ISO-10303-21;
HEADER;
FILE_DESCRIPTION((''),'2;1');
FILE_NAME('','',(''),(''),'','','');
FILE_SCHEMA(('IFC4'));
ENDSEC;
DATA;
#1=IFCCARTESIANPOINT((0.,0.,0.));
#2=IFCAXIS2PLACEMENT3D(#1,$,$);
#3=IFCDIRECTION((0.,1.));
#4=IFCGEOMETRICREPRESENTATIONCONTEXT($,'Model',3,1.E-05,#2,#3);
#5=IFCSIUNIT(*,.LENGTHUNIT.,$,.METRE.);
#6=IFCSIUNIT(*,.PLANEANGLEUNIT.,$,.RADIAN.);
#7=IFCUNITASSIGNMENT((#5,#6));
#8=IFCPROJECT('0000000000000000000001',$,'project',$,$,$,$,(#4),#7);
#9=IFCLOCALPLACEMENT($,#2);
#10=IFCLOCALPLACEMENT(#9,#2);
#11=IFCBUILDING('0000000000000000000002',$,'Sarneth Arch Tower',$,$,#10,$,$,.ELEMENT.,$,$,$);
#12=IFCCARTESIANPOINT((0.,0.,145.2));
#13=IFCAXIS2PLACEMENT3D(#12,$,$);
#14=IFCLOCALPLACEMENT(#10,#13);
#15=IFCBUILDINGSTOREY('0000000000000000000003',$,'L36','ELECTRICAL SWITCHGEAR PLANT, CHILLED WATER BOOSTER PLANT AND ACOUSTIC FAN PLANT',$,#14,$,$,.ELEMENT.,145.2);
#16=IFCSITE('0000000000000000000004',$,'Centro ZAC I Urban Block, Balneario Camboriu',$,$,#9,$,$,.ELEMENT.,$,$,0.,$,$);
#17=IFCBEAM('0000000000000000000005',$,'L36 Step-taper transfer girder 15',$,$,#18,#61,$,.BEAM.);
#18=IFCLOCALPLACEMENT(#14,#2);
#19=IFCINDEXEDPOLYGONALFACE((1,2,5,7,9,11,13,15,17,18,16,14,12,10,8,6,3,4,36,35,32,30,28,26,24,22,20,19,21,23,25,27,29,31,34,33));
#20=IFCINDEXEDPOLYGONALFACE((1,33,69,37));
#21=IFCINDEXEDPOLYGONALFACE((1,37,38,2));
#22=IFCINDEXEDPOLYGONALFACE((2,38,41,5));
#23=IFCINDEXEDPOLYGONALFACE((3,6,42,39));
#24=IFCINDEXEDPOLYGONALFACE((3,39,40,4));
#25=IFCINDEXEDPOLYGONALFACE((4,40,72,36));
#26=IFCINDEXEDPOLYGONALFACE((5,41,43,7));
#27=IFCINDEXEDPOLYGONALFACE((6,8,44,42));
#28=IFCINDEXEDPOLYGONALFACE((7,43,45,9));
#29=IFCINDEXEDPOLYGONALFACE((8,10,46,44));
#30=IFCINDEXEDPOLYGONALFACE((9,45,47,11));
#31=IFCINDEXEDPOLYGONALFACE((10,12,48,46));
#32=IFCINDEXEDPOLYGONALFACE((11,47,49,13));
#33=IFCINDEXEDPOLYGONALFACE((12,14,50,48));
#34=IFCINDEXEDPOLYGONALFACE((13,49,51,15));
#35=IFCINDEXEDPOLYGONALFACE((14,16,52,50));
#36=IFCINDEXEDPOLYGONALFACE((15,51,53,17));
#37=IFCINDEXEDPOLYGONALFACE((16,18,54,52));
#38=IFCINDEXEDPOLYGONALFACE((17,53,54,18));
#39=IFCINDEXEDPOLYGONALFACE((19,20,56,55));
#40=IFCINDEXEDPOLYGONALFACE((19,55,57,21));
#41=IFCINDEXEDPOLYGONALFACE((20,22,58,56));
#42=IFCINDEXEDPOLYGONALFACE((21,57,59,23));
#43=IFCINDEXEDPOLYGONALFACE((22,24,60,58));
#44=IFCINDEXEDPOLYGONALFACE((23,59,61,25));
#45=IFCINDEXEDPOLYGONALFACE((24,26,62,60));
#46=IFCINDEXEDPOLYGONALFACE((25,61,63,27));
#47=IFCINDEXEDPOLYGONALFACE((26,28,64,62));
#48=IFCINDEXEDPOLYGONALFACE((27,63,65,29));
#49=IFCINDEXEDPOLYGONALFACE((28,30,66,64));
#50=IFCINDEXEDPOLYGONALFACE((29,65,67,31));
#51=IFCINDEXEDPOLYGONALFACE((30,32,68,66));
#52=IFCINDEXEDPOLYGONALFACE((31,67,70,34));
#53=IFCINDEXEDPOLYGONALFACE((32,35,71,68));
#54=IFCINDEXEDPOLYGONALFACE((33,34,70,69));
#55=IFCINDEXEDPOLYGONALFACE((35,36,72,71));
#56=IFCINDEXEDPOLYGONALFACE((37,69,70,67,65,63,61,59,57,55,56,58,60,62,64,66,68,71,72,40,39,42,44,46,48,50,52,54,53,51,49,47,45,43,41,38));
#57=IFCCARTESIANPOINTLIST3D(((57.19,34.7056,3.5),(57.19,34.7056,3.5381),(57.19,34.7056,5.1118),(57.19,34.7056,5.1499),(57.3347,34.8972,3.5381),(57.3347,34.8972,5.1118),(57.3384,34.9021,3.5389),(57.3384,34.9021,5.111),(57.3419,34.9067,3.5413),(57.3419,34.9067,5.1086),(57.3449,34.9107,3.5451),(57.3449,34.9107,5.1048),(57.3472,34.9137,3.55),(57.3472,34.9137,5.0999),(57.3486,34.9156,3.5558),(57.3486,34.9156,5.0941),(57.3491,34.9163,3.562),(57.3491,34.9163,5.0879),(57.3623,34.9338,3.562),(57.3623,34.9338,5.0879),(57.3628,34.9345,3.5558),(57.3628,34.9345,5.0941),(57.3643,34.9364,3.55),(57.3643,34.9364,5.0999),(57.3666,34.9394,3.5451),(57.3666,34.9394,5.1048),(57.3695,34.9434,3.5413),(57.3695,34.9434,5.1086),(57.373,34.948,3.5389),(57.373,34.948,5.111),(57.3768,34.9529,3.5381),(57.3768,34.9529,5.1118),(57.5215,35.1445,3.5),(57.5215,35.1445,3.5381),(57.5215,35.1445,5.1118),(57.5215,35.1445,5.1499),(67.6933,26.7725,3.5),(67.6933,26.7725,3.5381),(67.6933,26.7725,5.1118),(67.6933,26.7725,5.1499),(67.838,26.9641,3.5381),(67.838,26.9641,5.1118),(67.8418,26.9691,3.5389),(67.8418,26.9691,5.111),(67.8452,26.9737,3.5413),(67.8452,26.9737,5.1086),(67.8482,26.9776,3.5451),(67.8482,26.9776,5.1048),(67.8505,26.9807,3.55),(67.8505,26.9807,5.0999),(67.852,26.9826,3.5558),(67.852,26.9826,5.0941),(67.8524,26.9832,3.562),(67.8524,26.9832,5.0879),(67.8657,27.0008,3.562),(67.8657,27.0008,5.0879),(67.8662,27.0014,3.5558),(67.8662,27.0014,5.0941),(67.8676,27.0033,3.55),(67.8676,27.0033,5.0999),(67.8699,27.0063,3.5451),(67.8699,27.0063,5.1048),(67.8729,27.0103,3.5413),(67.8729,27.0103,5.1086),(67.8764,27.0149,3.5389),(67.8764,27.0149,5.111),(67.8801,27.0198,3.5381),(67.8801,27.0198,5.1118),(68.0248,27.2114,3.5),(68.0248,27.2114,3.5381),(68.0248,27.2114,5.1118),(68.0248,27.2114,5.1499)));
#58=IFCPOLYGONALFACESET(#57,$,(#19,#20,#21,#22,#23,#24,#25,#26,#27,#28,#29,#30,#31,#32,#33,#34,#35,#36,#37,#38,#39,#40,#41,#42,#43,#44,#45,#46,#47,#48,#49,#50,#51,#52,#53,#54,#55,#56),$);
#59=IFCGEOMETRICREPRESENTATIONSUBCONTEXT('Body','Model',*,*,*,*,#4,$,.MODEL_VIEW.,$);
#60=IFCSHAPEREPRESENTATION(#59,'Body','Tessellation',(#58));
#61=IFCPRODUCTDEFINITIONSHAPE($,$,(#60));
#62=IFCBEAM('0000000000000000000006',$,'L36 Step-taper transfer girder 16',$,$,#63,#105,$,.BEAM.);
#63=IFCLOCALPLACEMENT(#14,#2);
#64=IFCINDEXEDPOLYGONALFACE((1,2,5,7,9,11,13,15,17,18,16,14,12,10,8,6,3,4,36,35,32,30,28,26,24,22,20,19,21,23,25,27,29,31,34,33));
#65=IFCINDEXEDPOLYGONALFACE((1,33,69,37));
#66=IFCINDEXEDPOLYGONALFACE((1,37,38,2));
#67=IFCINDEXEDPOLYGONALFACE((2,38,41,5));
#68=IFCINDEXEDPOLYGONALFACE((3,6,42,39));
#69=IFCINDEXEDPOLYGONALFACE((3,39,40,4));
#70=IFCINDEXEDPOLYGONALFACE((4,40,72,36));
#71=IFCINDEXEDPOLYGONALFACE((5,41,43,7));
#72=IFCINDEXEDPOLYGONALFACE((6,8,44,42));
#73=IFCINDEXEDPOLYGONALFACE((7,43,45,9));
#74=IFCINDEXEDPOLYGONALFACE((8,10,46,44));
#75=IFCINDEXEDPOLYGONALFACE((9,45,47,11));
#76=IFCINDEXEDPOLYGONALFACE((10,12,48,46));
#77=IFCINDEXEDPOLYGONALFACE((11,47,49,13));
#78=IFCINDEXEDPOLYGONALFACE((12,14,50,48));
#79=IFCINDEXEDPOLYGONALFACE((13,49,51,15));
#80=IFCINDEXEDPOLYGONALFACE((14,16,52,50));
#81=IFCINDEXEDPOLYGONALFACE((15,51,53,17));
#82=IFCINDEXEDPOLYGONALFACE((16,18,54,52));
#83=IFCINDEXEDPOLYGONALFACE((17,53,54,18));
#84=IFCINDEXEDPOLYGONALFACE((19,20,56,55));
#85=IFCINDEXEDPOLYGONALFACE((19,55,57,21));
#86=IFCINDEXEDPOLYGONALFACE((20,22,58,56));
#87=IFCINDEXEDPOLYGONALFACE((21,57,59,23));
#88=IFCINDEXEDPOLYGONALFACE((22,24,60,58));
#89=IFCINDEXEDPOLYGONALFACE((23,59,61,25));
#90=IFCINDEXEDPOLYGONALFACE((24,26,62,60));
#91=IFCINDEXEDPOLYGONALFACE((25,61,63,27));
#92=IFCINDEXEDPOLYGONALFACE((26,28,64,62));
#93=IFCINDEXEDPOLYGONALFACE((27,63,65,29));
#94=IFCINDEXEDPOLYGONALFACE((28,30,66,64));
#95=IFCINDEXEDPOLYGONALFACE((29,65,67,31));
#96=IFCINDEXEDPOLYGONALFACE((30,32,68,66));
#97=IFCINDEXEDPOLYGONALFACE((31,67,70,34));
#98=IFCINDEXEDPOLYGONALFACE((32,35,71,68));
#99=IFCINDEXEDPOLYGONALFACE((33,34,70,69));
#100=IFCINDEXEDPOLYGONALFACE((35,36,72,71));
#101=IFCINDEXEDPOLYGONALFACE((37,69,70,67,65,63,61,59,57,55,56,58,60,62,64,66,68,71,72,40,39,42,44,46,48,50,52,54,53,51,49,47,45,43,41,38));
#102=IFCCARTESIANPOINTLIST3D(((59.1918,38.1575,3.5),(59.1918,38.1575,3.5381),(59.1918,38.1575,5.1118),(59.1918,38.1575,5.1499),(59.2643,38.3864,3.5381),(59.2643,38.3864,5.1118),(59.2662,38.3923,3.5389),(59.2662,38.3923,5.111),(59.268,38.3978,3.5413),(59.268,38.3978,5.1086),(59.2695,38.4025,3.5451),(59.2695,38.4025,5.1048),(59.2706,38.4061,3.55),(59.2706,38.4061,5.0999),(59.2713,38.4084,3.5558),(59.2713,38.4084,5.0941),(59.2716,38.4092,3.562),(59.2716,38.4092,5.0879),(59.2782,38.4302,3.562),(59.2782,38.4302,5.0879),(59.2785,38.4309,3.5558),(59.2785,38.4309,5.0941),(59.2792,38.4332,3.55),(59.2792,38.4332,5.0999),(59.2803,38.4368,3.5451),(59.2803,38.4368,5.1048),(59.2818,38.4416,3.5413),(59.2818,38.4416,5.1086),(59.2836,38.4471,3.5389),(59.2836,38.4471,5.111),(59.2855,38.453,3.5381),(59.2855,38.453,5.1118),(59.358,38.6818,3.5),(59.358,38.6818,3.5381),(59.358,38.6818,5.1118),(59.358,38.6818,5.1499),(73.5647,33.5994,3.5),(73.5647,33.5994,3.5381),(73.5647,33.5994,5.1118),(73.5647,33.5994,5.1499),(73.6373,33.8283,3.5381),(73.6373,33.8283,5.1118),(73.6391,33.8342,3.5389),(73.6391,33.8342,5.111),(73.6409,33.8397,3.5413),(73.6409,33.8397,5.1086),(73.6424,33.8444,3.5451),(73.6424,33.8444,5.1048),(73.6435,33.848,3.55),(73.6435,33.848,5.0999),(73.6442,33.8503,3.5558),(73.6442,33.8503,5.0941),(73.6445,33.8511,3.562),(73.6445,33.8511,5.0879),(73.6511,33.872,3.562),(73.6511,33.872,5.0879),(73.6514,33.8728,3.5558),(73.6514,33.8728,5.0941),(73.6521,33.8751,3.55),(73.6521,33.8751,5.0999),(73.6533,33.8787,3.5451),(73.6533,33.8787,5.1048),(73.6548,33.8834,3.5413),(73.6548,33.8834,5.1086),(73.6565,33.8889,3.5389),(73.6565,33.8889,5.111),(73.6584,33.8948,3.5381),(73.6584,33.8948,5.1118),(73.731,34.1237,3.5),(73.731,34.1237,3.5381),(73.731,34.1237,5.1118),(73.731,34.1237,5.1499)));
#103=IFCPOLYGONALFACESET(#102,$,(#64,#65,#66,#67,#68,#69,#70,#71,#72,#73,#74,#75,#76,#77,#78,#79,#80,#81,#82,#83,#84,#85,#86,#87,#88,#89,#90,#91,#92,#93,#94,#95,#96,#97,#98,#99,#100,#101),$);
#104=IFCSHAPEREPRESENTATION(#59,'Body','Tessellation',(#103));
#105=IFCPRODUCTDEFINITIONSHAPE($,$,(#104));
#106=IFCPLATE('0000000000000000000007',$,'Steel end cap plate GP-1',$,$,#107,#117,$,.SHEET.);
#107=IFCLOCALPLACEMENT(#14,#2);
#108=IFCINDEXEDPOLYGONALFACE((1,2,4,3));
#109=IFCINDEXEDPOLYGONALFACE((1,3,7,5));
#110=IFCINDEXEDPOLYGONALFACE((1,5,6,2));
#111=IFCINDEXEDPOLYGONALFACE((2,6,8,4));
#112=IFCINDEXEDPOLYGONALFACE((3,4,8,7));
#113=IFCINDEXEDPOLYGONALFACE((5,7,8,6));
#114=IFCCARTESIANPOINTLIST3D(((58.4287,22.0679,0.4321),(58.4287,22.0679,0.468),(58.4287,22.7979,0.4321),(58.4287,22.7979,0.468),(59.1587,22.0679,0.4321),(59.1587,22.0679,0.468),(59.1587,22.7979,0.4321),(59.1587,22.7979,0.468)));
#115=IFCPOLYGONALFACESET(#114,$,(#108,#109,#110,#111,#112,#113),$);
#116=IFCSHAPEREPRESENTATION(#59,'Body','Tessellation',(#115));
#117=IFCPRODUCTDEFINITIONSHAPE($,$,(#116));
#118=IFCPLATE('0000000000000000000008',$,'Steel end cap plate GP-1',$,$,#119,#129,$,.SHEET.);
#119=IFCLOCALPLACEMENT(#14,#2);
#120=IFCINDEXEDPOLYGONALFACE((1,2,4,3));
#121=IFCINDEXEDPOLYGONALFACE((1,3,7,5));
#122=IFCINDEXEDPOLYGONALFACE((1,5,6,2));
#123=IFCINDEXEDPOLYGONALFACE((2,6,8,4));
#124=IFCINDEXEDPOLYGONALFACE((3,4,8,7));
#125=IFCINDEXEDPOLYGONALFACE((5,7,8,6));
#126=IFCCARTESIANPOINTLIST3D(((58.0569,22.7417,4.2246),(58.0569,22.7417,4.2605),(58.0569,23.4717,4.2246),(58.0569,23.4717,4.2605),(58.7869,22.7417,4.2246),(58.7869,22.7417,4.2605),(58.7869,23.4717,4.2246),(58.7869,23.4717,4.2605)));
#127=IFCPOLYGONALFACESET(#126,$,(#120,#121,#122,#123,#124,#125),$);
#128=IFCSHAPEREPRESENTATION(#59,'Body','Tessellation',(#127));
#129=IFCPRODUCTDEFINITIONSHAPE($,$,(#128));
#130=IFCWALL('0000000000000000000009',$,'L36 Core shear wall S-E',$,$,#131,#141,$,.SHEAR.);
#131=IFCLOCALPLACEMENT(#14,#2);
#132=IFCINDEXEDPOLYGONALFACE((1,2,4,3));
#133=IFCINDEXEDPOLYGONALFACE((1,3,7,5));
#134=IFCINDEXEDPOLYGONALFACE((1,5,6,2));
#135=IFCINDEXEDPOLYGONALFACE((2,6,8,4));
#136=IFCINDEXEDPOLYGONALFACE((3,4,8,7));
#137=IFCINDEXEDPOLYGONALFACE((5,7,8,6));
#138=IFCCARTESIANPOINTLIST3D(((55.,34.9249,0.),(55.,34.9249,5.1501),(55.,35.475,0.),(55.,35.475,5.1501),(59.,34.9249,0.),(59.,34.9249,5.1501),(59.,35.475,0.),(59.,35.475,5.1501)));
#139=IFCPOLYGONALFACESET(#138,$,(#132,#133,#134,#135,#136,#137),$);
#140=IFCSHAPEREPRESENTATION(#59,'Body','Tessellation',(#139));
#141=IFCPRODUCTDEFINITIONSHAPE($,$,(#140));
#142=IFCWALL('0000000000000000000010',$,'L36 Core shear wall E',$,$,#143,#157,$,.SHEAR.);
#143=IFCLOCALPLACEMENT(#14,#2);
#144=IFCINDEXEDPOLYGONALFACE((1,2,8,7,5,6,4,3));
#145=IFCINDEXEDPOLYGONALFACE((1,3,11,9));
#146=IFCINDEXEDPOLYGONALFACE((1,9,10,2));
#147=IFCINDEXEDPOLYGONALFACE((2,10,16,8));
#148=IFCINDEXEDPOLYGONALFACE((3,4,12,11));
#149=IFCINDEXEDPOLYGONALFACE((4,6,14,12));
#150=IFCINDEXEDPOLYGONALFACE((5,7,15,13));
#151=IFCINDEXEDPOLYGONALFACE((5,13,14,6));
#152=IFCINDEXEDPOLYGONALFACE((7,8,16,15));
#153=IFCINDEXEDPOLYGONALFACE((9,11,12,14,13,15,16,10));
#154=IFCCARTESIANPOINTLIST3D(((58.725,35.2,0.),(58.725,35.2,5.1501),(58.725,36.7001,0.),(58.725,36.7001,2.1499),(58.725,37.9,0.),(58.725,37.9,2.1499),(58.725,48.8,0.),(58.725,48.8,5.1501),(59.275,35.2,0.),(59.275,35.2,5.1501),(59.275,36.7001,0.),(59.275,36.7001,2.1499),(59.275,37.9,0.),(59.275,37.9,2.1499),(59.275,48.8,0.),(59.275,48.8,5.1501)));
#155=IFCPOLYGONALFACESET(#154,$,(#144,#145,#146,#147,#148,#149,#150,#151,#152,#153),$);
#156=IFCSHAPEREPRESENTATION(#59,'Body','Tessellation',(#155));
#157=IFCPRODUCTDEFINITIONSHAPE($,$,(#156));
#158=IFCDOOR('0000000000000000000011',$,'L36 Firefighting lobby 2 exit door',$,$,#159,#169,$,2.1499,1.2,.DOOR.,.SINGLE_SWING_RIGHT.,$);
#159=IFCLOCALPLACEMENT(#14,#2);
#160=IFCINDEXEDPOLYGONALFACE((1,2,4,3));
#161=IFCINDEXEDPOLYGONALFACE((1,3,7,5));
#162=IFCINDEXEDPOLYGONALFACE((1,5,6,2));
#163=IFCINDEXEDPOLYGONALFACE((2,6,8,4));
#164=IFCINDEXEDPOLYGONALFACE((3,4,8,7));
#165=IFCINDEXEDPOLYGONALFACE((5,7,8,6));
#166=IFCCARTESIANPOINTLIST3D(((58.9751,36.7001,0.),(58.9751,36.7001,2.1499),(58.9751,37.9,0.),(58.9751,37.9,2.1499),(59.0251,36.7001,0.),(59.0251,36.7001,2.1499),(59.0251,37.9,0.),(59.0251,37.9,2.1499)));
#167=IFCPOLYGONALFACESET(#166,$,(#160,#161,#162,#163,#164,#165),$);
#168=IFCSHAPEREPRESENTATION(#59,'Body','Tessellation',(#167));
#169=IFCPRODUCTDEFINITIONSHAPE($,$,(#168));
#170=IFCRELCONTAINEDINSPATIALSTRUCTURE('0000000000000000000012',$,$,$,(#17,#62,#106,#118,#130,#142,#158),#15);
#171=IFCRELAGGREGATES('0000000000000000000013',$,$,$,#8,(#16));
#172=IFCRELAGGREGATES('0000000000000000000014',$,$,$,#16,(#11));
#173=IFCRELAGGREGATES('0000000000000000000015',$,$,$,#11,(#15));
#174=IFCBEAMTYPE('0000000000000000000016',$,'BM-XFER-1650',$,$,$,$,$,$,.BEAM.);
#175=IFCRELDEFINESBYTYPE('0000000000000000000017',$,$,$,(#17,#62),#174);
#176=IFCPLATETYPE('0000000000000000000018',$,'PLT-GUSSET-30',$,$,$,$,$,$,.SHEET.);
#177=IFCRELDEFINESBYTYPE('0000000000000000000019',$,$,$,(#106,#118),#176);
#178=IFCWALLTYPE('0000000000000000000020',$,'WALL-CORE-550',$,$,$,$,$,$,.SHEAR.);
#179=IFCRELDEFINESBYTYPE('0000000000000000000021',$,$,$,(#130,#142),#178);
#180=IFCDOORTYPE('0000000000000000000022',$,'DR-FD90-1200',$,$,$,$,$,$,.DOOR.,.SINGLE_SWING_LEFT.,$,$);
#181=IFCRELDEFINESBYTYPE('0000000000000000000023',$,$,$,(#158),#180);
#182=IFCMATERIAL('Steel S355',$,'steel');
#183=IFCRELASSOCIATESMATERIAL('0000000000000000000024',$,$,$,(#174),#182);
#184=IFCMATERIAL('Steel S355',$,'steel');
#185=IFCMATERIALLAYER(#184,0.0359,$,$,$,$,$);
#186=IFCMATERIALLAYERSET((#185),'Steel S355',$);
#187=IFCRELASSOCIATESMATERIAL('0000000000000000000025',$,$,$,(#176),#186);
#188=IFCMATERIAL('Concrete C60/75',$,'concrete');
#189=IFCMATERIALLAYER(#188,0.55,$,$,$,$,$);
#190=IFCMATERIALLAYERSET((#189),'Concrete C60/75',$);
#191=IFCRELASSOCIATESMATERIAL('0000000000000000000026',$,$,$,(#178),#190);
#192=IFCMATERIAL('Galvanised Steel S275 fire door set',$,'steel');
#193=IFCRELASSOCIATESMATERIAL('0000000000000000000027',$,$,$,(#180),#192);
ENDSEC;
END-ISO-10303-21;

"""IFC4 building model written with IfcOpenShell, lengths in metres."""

from ifc_helpers import new_model, si_unit, direction, frame, frame_2d, origin, origin_2d, place, context, subcontext, project, spatial, rectangle, i_section, extrude, material, layer, layer_set, material_profile, profile_set, type_object, element, fill, save


model = new_model("IFC4")

# Units and contexts
model_context = context("Model", 3, precision=1e-05, world=origin(), true_north=direction((0.0, 1.0)))
body_context = subcontext(model_context, "Body", "Model", "MODEL_VIEW")
ifc_project = project(units=[si_unit("LENGTHUNIT", "METRE"), si_unit("PLANEANGLEUNIT", "RADIAN")], contexts=[model_context])

# Site, building, storey
site_placement = place(None, origin())
site = spatial("IfcSite", under=ifc_project, at=site_placement, Name="Centro ZAC I Urban Block, Balneario Camboriu", CompositionType="ELEMENT", RefElevation=0.0)
building_placement = place(site_placement, origin())
building = spatial("IfcBuilding", under=site, at=building_placement, Name="Sarneth Arch Tower", CompositionType="ELEMENT")
storey_placement = place(building_placement, frame((0.0, 0.0, 145.2)))
storey = spatial("IfcBuildingStorey", under=building, at=storey_placement, Name="L36", Description="ELECTRICAL SWITCHGEAR PLANT, CHILLED WATER BOOSTER PLANT AND ACOUSTIC FAN PLANT", CompositionType="ELEMENT", Elevation=145.2)

# Beams
ifc_material_1 = material(Name="Steel S355", Category="steel")
ifc_material_profile_1 = material_profile(ifc_material_1, i_section(OverallWidth=0.55, OverallDepth=1.6499, WebThickness=0.022, FlangeThickness=0.0381, FilletRadius=0.0239, at=origin_2d()), Name="CVS1650x680")
ifc_profile_set_1 = profile_set([ifc_material_profile_1], Name="Steel S355")
beam_type_1 = type_object("IfcBeamType", Name="BM-XFER-1650", PredefinedType="BEAM", material=ifc_profile_set_1)
beam_1_placement = place(storey_placement, frame((57.3557, 34.925, 4.325), z_axis=(0.79797, -0.602697, 0.0), x_axis=(0.602697, 0.79797, 0.0)))
element("IfcBeam", 1, at=beam_1_placement, inside=storey, type_object=beam_type_1, Name="L36 Step-taper transfer girder 15", PredefinedType="BEAM", context=body_context, shape_type="SweptSolid", body=[
    extrude(i_section(OverallWidth=0.55, OverallDepth=1.6499, WebThickness=0.022, FlangeThickness=0.0381, FilletRadius=0.0239, at=origin_2d()), origin(), (0.0, 0.0, 1.0), 13.1626),
])
beam_2_placement = place(storey_placement, frame((59.2749, 38.4197, 4.325), z_axis=(0.953214, -0.302297, 0.0), x_axis=(0.302297, 0.953214, 0.0)))
element("IfcBeam", 2, at=beam_2_placement, inside=storey, type_object=beam_type_1, Name="L36 Step-taper transfer girder 16", PredefinedType="BEAM", context=body_context, shape_type="SweptSolid", body=[
    extrude(i_section(OverallWidth=0.55, OverallDepth=1.6499, WebThickness=0.022, FlangeThickness=0.0381, FilletRadius=0.0239, at=origin_2d()), origin(), (0.0, 0.0, 1.0), 15.0784),
])

# Plates
ifc_material_2 = material(Name="Steel S355", Category="steel")
ifc_layer_1 = layer(ifc_material_2, 0.0359)
ifc_layer_set_1 = layer_set([ifc_layer_1], Name="Steel S355")
plate_type = type_object("IfcPlateType", Name="PLT-GUSSET-30", PredefinedType="SHEET", material=ifc_layer_set_1)
for number, where, z_axis, x_axis, name in (
    (3, (58.7937, 22.4329, 0.4321), (0.0, 0.0, 1.0), (1.0, 0.0, 0.0), "Steel end cap plate GP-1"),
    (4, (58.4219, 23.1067, 4.2246), (0.0, 0.0, 1.0), (1.0, 0.0, 0.0), "Steel end cap plate GP-1"),
):
    element("IfcPlate", number, at=place(storey_placement, frame(where, z_axis=z_axis, x_axis=x_axis)), inside=storey, type_object=plate_type, Name=name, PredefinedType="SHEET", context=body_context, shape_type="SweptSolid", body=[
        extrude(rectangle(XDim=0.73, YDim=0.73, at=origin_2d()), origin(), (0.0, 0.0, 1.0), 0.0359),
    ])

# Wall
ifc_material_3 = material(Name="Concrete C60/75", Category="concrete")
ifc_layer_2 = layer(ifc_material_3, 0.55)
ifc_layer_set_2 = layer_set([ifc_layer_2], Name="Concrete C60/75")
wall_type_1 = type_object("IfcWallType", Name="WALL-CORE-550", PredefinedType="SHEAR", material=ifc_layer_set_2)
wall_1_placement = place(storey_placement, frame((55.0, 35.2, 0.0), z_axis=(0.0, 0.0, 1.0), x_axis=(1.0, 0.0, 0.0)))
element("IfcWall", 5, at=wall_1_placement, inside=storey, type_object=wall_type_1, Name="L36 Core shear wall S-E", PredefinedType="SHEAR", context=body_context, shape_type="SweptSolid", body=[
    extrude(rectangle(XDim=4.0, YDim=0.55, at=frame_2d((2.0, 0.0))), origin(), (0.0, 0.0, 1.0), 5.1501),
])

# Wall, opening, door
wall_2_placement = place(storey_placement, frame((59.0, 35.2, 0.0), z_axis=(0.0, 0.0, 1.0), x_axis=(0.0, 1.0, 0.0)))
wall_2 = element("IfcWall", 6, at=wall_2_placement, inside=storey, type_object=wall_type_1, Name="L36 Core shear wall E", PredefinedType="SHEAR", context=body_context, shape_type="SweptSolid", body=[
    extrude(rectangle(XDim=13.6001, YDim=0.55, at=frame_2d((6.8, 0.0))), origin(), (0.0, 0.0, 1.0), 5.1501),
])
opening_1_placement = place(wall_2_placement, frame((1.5, 0.0, 0.0)))
opening_1 = element("IfcOpeningElement", 7, at=opening_1_placement, cuts=wall_2, PredefinedType="OPENING", context=body_context, shape_type="SweptSolid", body=[
    extrude(rectangle(XDim=1.2, YDim=2.1499, at=frame_2d((0.6001, 1.075))), frame((0.0, 0.2849, 0.0), z_axis=(0.0, -1.0, 0.0), x_axis=(1.0, 0.0, 0.0)), (0.0, 0.0, 1.0), 0.5701),
])
ifc_material_4 = material(Name="Galvanised Steel S275 fire door set", Category="steel")
door_type_1 = type_object("IfcDoorType", Name="DR-FD90-1200", OperationType="SINGLE_SWING_LEFT", PredefinedType="DOOR", material=ifc_material_4)
door_1_placement = place(opening_1_placement, origin())
door_1 = element("IfcDoor", 8, at=door_1_placement, inside=storey, type_object=door_type_1, Name="L36 Firefighting lobby 2 exit door", OperationType="SINGLE_SWING_RIGHT", OverallHeight=2.1499, OverallWidth=1.2, PredefinedType="DOOR", context=body_context, shape_type="SweptSolid", body=[
    extrude(rectangle(XDim=1.2, YDim=2.1499, at=frame_2d((0.6001, 1.075))), frame((0.0, 0.0249, 0.0), z_axis=(0.0, -1.0, 0.0), x_axis=(1.0, 0.0, 0.0)), (0.0, 0.0, 1.0), 0.05),
])
fill(opening_1, door_1)

save(model, "model.ifc")
